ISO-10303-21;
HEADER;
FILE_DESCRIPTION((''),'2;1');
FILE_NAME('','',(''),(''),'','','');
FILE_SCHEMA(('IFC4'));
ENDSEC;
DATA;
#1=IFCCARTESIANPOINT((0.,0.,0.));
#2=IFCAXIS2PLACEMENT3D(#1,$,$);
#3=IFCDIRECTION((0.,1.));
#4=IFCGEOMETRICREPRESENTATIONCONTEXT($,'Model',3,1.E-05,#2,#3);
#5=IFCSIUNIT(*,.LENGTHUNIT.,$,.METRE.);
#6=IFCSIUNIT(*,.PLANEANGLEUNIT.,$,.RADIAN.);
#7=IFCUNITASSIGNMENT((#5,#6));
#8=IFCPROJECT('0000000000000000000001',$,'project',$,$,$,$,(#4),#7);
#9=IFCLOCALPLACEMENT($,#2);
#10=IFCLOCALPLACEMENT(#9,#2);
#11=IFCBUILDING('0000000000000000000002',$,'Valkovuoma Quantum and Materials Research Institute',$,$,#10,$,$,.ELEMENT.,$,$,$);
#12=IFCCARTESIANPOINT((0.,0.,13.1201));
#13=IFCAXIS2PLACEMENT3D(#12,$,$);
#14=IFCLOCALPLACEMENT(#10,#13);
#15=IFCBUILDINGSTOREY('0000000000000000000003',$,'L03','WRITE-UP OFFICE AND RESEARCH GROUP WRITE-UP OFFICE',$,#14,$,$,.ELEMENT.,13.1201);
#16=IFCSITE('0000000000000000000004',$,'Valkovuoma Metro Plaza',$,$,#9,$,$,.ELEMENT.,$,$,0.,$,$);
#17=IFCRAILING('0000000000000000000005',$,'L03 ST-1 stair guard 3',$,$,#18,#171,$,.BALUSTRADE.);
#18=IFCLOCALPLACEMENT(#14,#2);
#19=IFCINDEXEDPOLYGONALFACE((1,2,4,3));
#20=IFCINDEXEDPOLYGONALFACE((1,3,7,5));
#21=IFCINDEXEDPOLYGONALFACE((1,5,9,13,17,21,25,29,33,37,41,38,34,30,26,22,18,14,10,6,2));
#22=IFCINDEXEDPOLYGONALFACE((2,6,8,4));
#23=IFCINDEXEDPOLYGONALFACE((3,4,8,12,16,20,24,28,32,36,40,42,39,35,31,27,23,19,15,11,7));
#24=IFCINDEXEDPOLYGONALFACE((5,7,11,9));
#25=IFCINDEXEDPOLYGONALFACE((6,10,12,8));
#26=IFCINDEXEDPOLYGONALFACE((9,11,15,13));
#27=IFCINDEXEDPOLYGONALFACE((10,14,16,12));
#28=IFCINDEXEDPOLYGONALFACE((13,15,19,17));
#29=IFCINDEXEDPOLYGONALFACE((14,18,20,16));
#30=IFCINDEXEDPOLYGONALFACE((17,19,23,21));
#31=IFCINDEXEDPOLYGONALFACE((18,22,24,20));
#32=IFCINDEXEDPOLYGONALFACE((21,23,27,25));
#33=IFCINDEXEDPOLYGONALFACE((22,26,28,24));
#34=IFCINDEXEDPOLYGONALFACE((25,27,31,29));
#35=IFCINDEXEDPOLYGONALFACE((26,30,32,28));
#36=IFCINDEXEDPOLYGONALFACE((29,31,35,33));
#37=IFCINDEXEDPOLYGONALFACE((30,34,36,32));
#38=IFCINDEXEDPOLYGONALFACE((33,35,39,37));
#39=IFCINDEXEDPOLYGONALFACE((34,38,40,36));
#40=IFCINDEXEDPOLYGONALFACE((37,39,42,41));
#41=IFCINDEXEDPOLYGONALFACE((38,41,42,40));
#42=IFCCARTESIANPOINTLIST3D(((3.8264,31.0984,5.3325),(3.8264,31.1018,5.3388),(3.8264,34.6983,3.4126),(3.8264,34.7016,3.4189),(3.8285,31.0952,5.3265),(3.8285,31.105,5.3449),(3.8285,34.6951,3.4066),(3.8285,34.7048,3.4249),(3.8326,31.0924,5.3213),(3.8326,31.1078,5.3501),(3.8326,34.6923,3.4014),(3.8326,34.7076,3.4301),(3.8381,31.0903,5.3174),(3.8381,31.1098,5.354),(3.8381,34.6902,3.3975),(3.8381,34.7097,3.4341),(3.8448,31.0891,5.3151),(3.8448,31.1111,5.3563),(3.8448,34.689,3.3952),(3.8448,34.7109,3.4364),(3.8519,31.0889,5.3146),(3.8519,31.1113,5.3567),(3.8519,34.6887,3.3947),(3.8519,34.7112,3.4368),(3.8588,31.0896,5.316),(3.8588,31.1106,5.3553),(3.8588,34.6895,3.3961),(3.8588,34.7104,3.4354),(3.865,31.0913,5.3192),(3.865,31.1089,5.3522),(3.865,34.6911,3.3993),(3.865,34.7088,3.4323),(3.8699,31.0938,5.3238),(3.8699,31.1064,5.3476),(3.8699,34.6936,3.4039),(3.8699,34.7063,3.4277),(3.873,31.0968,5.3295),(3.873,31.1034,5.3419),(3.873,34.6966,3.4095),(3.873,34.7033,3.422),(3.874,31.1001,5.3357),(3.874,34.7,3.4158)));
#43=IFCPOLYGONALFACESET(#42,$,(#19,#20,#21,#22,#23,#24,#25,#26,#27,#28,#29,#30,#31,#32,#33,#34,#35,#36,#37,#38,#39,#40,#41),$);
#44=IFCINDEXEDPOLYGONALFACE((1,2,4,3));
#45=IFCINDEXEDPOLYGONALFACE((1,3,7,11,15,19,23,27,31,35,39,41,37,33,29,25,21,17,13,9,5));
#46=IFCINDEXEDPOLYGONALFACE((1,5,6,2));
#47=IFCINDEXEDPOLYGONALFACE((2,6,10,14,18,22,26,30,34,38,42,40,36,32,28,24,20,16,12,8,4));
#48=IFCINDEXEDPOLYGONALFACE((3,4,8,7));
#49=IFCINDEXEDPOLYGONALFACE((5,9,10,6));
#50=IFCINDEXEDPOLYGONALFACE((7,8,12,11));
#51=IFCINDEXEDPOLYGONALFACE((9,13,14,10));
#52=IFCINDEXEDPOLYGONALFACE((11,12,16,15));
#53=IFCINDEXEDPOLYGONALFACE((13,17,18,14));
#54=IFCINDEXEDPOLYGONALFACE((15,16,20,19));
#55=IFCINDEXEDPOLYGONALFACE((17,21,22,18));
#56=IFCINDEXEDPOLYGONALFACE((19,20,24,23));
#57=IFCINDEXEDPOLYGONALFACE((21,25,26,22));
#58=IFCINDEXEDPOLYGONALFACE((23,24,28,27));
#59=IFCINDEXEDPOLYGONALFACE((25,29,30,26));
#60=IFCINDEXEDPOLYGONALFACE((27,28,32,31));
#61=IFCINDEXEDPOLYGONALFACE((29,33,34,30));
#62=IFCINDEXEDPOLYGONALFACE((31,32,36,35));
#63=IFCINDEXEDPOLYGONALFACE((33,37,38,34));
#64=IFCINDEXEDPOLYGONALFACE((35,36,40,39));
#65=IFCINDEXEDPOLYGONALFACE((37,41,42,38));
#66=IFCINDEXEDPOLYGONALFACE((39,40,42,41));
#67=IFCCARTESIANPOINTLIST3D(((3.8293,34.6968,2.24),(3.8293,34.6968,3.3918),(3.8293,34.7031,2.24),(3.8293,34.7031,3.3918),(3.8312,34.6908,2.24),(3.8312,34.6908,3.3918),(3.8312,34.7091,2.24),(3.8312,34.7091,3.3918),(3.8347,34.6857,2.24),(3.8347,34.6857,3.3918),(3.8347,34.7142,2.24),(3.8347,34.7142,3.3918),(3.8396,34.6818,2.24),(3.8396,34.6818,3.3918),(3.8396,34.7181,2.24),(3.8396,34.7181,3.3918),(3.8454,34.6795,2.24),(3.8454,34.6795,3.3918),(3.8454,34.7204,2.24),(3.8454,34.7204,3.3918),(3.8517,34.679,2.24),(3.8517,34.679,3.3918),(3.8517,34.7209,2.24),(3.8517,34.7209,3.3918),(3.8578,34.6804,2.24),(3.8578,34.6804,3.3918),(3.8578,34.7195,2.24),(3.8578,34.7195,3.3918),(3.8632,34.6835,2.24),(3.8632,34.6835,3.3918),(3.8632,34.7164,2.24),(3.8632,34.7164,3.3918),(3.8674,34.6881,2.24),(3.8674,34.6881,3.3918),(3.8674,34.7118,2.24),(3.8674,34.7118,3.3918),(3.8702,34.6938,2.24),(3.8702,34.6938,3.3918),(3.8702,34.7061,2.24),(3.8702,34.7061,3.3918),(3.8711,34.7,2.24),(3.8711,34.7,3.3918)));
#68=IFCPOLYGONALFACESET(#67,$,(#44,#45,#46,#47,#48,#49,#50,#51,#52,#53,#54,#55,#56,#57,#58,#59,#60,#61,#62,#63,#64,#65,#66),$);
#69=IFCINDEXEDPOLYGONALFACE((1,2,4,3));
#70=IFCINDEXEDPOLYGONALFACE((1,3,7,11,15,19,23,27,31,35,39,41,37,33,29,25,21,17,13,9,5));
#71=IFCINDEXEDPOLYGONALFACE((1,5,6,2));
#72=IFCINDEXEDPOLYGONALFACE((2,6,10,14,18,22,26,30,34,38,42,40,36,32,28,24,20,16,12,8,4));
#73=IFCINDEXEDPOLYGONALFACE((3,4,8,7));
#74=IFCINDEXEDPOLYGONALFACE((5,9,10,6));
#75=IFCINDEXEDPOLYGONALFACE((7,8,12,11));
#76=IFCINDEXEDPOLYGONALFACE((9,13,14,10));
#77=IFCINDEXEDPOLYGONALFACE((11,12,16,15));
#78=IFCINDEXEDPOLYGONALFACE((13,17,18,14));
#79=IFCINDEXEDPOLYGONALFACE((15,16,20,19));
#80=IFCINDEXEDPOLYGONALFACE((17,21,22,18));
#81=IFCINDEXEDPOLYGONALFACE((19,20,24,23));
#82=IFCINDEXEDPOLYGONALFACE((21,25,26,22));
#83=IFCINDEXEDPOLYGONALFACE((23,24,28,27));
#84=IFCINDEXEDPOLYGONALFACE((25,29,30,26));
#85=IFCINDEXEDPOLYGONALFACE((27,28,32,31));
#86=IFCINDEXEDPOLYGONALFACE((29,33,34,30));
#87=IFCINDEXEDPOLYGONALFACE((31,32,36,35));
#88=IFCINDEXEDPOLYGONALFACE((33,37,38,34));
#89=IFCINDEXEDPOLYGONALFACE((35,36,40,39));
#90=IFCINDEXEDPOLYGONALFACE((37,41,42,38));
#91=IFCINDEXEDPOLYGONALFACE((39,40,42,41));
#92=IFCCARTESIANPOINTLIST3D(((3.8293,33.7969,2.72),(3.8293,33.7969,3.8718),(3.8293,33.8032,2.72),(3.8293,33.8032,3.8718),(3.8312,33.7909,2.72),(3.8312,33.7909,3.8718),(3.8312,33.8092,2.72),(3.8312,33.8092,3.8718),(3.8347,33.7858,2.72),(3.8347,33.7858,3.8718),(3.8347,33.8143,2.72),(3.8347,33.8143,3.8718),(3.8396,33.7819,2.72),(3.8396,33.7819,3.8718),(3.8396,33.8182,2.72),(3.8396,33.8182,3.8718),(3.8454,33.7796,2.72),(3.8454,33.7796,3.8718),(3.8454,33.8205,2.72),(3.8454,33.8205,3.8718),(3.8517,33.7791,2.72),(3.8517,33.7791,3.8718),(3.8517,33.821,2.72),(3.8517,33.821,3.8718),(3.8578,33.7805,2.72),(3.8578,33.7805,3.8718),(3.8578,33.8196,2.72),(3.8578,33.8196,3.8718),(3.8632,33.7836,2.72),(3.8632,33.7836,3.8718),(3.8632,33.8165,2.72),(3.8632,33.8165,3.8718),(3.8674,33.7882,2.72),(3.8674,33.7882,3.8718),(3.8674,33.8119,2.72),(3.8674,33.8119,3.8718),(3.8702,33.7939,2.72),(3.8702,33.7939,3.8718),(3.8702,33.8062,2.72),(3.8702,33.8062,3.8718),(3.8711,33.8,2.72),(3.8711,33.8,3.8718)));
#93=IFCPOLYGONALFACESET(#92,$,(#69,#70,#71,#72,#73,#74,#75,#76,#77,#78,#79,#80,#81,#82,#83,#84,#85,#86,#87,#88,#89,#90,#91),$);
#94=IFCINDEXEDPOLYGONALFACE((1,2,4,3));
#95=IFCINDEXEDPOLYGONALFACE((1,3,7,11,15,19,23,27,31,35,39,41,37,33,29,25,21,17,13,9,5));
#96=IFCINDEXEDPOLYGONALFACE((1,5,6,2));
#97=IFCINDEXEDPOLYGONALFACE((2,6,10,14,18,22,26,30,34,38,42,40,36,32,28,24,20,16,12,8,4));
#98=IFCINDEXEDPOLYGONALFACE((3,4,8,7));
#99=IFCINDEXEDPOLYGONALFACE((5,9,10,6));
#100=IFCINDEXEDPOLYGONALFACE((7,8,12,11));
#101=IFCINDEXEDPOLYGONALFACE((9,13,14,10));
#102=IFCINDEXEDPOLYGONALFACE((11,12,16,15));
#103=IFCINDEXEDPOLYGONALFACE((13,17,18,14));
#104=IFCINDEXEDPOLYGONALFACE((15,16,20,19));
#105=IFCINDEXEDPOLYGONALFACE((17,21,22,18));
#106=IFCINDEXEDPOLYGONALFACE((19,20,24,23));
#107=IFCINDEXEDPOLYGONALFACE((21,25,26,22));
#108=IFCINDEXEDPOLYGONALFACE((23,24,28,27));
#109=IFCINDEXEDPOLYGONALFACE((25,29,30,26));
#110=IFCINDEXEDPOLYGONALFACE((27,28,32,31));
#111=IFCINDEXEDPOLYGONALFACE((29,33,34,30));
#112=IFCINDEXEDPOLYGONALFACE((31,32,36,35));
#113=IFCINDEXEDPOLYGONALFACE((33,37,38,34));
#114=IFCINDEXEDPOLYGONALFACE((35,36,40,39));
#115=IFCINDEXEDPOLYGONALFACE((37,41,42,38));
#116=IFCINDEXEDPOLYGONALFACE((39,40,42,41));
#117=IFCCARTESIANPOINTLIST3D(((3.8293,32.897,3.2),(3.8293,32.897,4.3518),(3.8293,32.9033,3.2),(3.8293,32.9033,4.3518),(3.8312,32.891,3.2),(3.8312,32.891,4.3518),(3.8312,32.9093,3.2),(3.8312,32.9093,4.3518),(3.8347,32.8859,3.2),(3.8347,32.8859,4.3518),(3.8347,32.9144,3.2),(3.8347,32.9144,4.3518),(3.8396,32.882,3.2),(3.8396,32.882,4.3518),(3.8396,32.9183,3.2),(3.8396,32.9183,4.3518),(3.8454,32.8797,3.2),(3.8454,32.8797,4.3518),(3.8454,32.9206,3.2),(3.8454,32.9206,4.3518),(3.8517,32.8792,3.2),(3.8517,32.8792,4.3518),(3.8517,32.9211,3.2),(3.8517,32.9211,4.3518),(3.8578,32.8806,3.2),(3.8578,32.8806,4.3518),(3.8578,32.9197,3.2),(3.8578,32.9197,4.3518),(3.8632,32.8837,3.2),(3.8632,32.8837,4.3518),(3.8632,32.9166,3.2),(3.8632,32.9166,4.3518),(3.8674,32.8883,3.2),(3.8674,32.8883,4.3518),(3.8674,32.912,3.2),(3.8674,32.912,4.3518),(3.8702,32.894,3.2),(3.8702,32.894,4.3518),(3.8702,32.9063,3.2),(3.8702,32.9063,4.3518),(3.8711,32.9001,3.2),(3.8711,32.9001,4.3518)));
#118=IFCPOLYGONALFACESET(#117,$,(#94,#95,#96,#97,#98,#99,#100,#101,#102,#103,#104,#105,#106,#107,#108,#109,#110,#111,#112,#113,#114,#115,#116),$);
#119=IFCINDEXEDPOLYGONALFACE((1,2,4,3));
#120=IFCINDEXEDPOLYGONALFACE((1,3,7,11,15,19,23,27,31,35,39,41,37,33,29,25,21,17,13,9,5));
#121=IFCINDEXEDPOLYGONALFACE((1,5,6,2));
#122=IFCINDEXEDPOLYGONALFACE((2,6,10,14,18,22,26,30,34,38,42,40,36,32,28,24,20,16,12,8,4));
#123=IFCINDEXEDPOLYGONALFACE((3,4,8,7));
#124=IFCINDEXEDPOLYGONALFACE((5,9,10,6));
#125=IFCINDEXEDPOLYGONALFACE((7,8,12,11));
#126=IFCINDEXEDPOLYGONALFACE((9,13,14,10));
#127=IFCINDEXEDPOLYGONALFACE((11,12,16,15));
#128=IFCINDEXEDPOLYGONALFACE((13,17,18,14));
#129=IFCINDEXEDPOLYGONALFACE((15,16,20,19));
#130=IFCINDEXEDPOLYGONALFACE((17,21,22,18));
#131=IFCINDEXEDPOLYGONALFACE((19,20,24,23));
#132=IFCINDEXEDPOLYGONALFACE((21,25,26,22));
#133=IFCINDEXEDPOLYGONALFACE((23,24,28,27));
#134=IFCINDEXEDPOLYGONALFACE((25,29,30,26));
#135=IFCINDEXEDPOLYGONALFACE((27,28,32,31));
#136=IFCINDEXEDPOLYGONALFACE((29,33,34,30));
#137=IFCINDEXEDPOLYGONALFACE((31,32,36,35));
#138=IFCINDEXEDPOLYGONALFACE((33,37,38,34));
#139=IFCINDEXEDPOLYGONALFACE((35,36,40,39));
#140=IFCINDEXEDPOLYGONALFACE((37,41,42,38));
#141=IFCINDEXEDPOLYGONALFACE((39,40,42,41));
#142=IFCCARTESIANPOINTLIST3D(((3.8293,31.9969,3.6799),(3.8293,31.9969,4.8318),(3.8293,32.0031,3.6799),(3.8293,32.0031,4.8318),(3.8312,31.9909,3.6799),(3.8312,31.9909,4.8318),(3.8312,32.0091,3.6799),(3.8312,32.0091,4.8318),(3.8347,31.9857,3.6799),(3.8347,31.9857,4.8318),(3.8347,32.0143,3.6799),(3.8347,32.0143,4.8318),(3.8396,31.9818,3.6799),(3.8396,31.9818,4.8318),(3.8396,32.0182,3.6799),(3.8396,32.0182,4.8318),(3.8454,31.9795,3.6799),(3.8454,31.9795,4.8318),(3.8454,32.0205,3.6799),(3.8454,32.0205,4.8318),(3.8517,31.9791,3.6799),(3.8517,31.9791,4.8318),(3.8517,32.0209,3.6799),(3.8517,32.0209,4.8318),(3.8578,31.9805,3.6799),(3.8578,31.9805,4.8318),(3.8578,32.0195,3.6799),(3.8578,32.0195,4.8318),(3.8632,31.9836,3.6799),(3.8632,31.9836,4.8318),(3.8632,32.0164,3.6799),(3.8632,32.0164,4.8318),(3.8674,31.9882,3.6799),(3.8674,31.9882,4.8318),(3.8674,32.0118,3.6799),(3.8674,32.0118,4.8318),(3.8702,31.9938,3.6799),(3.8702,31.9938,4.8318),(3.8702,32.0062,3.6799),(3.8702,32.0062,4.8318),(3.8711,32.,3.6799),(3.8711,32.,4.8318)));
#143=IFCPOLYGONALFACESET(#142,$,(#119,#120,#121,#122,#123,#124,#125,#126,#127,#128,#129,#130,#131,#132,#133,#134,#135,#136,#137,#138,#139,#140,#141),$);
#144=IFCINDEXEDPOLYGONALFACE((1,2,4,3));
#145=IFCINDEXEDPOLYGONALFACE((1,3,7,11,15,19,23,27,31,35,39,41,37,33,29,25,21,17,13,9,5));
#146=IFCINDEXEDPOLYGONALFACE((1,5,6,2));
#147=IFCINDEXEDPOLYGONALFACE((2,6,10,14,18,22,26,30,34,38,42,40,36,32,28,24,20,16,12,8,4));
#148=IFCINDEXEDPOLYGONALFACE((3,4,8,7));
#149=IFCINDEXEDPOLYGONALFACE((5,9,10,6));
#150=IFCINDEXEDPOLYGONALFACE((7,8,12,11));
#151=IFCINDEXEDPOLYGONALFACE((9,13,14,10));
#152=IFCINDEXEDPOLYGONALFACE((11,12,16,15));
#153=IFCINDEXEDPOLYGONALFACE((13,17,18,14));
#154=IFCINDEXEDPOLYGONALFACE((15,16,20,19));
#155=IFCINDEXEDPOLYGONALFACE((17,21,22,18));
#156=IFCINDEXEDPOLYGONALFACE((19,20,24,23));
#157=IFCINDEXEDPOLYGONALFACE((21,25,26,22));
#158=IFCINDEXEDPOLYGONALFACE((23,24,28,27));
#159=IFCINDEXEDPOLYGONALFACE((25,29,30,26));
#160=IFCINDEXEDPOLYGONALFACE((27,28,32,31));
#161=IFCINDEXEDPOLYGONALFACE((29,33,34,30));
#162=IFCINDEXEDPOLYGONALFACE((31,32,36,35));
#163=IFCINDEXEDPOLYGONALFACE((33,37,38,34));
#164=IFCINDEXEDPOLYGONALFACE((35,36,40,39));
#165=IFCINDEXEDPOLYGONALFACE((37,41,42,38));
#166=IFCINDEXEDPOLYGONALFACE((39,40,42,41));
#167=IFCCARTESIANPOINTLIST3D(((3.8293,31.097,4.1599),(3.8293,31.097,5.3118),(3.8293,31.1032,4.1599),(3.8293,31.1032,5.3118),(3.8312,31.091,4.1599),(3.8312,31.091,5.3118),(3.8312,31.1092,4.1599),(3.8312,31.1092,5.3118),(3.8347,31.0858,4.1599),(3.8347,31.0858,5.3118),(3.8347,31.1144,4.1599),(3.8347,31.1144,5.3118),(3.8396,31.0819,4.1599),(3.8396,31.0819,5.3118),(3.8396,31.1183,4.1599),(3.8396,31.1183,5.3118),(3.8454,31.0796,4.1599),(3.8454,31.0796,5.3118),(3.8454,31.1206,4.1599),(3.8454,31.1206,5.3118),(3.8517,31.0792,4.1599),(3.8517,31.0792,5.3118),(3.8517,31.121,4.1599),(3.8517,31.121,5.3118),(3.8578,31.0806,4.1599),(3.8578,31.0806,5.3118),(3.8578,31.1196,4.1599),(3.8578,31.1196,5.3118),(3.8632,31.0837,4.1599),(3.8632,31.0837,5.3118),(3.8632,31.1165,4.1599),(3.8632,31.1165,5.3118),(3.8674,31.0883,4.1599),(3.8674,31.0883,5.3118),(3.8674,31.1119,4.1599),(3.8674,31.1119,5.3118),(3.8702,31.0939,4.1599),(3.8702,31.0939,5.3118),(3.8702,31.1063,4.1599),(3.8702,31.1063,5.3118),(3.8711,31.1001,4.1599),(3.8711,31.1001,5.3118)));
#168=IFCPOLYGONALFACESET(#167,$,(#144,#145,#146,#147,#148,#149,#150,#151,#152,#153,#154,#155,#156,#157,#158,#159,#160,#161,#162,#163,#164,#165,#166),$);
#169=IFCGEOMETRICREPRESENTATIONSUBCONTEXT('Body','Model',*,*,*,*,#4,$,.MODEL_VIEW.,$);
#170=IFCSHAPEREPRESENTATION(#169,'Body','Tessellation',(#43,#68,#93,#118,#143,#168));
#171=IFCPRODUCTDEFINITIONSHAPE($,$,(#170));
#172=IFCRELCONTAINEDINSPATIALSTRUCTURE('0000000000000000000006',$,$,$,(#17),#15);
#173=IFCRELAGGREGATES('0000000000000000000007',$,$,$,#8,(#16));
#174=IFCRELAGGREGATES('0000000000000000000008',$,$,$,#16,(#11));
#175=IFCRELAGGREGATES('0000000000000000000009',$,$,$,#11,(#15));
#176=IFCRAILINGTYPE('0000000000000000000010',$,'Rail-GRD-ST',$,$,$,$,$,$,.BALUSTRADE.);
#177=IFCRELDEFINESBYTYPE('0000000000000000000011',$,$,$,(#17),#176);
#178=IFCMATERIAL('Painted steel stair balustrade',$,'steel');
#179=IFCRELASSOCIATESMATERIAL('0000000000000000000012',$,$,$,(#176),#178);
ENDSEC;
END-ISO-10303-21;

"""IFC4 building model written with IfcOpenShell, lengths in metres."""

from ifc_helpers import new_model, si_unit, direction, frame, origin, origin_2d, place, context, subcontext, project, spatial, circle, extrude, material, type_object, element, save


model = new_model("IFC4")

# Units and contexts
model_context = context("Model", 3, precision=1e-05, world=origin(), true_north=direction((0.0, 1.0)))
body_context = subcontext(model_context, "Body", "Model", "MODEL_VIEW")
ifc_project = project(units=[si_unit("LENGTHUNIT", "METRE"), si_unit("PLANEANGLEUNIT", "RADIAN")], contexts=[model_context])

# Site, building, storey
site_placement = place(None, origin())
site = spatial("IfcSite", under=ifc_project, at=site_placement, Name="Valkovuoma Metro Plaza", CompositionType="ELEMENT", RefElevation=0.0)
building_placement = place(site_placement, origin())
building = spatial("IfcBuilding", under=site, at=building_placement, Name="Valkovuoma Quantum and Materials Research Institute", CompositionType="ELEMENT")
storey_placement = place(building_placement, frame((0.0, 0.0, 13.1201)))
storey = spatial("IfcBuildingStorey", under=building, at=storey_placement, Name="L03", Description="WRITE-UP OFFICE AND RESEARCH GROUP WRITE-UP OFFICE", CompositionType="ELEMENT", Elevation=13.1201)

# Railing
ifc_material_1 = material(Name="Painted steel stair balustrade", Category="steel")
railing_type_1 = type_object("IfcRailingType", Name="Rail-GRD-ST", PredefinedType="BALUSTRADE", material=ifc_material_1)
railing_1_placement = place(storey_placement, frame((3.8501, 34.7, 2.24)))
element("IfcRailing", 1, at=railing_1_placement, inside=storey, type_object=railing_type_1, Name="L03 ST-1 stair guard 3", PredefinedType="BALUSTRADE", context=body_context, shape_type="SweptSolid", body=[
    extrude(circle(Radius=0.0239, at=origin_2d()), frame((0.0, 0.0, 1.1758), z_axis=(0.0, -0.882353, 0.470588), x_axis=(1.0, 0.0, 0.0)), (0.0, 0.0, 1.0), 4.0798),
    extrude(circle(Radius=0.021, at=origin_2d()), origin(), (0.0, 0.0, 1.0), 1.1519),
    extrude(circle(Radius=0.021, at=origin_2d()), frame((0.0, -0.8999, 0.48)), (0.0, 0.0, 1.0), 1.1519),
    extrude(circle(Radius=0.021, at=origin_2d()), frame((0.0, -1.7998, 0.96)), (0.0, 0.0, 1.0), 1.1519),
    extrude(circle(Radius=0.021, at=origin_2d()), frame((0.0, -2.7, 1.4399)), (0.0, 0.0, 1.0), 1.1519),
    extrude(circle(Radius=0.021, at=origin_2d()), frame((0.0, -3.5999, 1.9199)), (0.0, 0.0, 1.0), 1.1519),
])

save(model, "model.ifc")
